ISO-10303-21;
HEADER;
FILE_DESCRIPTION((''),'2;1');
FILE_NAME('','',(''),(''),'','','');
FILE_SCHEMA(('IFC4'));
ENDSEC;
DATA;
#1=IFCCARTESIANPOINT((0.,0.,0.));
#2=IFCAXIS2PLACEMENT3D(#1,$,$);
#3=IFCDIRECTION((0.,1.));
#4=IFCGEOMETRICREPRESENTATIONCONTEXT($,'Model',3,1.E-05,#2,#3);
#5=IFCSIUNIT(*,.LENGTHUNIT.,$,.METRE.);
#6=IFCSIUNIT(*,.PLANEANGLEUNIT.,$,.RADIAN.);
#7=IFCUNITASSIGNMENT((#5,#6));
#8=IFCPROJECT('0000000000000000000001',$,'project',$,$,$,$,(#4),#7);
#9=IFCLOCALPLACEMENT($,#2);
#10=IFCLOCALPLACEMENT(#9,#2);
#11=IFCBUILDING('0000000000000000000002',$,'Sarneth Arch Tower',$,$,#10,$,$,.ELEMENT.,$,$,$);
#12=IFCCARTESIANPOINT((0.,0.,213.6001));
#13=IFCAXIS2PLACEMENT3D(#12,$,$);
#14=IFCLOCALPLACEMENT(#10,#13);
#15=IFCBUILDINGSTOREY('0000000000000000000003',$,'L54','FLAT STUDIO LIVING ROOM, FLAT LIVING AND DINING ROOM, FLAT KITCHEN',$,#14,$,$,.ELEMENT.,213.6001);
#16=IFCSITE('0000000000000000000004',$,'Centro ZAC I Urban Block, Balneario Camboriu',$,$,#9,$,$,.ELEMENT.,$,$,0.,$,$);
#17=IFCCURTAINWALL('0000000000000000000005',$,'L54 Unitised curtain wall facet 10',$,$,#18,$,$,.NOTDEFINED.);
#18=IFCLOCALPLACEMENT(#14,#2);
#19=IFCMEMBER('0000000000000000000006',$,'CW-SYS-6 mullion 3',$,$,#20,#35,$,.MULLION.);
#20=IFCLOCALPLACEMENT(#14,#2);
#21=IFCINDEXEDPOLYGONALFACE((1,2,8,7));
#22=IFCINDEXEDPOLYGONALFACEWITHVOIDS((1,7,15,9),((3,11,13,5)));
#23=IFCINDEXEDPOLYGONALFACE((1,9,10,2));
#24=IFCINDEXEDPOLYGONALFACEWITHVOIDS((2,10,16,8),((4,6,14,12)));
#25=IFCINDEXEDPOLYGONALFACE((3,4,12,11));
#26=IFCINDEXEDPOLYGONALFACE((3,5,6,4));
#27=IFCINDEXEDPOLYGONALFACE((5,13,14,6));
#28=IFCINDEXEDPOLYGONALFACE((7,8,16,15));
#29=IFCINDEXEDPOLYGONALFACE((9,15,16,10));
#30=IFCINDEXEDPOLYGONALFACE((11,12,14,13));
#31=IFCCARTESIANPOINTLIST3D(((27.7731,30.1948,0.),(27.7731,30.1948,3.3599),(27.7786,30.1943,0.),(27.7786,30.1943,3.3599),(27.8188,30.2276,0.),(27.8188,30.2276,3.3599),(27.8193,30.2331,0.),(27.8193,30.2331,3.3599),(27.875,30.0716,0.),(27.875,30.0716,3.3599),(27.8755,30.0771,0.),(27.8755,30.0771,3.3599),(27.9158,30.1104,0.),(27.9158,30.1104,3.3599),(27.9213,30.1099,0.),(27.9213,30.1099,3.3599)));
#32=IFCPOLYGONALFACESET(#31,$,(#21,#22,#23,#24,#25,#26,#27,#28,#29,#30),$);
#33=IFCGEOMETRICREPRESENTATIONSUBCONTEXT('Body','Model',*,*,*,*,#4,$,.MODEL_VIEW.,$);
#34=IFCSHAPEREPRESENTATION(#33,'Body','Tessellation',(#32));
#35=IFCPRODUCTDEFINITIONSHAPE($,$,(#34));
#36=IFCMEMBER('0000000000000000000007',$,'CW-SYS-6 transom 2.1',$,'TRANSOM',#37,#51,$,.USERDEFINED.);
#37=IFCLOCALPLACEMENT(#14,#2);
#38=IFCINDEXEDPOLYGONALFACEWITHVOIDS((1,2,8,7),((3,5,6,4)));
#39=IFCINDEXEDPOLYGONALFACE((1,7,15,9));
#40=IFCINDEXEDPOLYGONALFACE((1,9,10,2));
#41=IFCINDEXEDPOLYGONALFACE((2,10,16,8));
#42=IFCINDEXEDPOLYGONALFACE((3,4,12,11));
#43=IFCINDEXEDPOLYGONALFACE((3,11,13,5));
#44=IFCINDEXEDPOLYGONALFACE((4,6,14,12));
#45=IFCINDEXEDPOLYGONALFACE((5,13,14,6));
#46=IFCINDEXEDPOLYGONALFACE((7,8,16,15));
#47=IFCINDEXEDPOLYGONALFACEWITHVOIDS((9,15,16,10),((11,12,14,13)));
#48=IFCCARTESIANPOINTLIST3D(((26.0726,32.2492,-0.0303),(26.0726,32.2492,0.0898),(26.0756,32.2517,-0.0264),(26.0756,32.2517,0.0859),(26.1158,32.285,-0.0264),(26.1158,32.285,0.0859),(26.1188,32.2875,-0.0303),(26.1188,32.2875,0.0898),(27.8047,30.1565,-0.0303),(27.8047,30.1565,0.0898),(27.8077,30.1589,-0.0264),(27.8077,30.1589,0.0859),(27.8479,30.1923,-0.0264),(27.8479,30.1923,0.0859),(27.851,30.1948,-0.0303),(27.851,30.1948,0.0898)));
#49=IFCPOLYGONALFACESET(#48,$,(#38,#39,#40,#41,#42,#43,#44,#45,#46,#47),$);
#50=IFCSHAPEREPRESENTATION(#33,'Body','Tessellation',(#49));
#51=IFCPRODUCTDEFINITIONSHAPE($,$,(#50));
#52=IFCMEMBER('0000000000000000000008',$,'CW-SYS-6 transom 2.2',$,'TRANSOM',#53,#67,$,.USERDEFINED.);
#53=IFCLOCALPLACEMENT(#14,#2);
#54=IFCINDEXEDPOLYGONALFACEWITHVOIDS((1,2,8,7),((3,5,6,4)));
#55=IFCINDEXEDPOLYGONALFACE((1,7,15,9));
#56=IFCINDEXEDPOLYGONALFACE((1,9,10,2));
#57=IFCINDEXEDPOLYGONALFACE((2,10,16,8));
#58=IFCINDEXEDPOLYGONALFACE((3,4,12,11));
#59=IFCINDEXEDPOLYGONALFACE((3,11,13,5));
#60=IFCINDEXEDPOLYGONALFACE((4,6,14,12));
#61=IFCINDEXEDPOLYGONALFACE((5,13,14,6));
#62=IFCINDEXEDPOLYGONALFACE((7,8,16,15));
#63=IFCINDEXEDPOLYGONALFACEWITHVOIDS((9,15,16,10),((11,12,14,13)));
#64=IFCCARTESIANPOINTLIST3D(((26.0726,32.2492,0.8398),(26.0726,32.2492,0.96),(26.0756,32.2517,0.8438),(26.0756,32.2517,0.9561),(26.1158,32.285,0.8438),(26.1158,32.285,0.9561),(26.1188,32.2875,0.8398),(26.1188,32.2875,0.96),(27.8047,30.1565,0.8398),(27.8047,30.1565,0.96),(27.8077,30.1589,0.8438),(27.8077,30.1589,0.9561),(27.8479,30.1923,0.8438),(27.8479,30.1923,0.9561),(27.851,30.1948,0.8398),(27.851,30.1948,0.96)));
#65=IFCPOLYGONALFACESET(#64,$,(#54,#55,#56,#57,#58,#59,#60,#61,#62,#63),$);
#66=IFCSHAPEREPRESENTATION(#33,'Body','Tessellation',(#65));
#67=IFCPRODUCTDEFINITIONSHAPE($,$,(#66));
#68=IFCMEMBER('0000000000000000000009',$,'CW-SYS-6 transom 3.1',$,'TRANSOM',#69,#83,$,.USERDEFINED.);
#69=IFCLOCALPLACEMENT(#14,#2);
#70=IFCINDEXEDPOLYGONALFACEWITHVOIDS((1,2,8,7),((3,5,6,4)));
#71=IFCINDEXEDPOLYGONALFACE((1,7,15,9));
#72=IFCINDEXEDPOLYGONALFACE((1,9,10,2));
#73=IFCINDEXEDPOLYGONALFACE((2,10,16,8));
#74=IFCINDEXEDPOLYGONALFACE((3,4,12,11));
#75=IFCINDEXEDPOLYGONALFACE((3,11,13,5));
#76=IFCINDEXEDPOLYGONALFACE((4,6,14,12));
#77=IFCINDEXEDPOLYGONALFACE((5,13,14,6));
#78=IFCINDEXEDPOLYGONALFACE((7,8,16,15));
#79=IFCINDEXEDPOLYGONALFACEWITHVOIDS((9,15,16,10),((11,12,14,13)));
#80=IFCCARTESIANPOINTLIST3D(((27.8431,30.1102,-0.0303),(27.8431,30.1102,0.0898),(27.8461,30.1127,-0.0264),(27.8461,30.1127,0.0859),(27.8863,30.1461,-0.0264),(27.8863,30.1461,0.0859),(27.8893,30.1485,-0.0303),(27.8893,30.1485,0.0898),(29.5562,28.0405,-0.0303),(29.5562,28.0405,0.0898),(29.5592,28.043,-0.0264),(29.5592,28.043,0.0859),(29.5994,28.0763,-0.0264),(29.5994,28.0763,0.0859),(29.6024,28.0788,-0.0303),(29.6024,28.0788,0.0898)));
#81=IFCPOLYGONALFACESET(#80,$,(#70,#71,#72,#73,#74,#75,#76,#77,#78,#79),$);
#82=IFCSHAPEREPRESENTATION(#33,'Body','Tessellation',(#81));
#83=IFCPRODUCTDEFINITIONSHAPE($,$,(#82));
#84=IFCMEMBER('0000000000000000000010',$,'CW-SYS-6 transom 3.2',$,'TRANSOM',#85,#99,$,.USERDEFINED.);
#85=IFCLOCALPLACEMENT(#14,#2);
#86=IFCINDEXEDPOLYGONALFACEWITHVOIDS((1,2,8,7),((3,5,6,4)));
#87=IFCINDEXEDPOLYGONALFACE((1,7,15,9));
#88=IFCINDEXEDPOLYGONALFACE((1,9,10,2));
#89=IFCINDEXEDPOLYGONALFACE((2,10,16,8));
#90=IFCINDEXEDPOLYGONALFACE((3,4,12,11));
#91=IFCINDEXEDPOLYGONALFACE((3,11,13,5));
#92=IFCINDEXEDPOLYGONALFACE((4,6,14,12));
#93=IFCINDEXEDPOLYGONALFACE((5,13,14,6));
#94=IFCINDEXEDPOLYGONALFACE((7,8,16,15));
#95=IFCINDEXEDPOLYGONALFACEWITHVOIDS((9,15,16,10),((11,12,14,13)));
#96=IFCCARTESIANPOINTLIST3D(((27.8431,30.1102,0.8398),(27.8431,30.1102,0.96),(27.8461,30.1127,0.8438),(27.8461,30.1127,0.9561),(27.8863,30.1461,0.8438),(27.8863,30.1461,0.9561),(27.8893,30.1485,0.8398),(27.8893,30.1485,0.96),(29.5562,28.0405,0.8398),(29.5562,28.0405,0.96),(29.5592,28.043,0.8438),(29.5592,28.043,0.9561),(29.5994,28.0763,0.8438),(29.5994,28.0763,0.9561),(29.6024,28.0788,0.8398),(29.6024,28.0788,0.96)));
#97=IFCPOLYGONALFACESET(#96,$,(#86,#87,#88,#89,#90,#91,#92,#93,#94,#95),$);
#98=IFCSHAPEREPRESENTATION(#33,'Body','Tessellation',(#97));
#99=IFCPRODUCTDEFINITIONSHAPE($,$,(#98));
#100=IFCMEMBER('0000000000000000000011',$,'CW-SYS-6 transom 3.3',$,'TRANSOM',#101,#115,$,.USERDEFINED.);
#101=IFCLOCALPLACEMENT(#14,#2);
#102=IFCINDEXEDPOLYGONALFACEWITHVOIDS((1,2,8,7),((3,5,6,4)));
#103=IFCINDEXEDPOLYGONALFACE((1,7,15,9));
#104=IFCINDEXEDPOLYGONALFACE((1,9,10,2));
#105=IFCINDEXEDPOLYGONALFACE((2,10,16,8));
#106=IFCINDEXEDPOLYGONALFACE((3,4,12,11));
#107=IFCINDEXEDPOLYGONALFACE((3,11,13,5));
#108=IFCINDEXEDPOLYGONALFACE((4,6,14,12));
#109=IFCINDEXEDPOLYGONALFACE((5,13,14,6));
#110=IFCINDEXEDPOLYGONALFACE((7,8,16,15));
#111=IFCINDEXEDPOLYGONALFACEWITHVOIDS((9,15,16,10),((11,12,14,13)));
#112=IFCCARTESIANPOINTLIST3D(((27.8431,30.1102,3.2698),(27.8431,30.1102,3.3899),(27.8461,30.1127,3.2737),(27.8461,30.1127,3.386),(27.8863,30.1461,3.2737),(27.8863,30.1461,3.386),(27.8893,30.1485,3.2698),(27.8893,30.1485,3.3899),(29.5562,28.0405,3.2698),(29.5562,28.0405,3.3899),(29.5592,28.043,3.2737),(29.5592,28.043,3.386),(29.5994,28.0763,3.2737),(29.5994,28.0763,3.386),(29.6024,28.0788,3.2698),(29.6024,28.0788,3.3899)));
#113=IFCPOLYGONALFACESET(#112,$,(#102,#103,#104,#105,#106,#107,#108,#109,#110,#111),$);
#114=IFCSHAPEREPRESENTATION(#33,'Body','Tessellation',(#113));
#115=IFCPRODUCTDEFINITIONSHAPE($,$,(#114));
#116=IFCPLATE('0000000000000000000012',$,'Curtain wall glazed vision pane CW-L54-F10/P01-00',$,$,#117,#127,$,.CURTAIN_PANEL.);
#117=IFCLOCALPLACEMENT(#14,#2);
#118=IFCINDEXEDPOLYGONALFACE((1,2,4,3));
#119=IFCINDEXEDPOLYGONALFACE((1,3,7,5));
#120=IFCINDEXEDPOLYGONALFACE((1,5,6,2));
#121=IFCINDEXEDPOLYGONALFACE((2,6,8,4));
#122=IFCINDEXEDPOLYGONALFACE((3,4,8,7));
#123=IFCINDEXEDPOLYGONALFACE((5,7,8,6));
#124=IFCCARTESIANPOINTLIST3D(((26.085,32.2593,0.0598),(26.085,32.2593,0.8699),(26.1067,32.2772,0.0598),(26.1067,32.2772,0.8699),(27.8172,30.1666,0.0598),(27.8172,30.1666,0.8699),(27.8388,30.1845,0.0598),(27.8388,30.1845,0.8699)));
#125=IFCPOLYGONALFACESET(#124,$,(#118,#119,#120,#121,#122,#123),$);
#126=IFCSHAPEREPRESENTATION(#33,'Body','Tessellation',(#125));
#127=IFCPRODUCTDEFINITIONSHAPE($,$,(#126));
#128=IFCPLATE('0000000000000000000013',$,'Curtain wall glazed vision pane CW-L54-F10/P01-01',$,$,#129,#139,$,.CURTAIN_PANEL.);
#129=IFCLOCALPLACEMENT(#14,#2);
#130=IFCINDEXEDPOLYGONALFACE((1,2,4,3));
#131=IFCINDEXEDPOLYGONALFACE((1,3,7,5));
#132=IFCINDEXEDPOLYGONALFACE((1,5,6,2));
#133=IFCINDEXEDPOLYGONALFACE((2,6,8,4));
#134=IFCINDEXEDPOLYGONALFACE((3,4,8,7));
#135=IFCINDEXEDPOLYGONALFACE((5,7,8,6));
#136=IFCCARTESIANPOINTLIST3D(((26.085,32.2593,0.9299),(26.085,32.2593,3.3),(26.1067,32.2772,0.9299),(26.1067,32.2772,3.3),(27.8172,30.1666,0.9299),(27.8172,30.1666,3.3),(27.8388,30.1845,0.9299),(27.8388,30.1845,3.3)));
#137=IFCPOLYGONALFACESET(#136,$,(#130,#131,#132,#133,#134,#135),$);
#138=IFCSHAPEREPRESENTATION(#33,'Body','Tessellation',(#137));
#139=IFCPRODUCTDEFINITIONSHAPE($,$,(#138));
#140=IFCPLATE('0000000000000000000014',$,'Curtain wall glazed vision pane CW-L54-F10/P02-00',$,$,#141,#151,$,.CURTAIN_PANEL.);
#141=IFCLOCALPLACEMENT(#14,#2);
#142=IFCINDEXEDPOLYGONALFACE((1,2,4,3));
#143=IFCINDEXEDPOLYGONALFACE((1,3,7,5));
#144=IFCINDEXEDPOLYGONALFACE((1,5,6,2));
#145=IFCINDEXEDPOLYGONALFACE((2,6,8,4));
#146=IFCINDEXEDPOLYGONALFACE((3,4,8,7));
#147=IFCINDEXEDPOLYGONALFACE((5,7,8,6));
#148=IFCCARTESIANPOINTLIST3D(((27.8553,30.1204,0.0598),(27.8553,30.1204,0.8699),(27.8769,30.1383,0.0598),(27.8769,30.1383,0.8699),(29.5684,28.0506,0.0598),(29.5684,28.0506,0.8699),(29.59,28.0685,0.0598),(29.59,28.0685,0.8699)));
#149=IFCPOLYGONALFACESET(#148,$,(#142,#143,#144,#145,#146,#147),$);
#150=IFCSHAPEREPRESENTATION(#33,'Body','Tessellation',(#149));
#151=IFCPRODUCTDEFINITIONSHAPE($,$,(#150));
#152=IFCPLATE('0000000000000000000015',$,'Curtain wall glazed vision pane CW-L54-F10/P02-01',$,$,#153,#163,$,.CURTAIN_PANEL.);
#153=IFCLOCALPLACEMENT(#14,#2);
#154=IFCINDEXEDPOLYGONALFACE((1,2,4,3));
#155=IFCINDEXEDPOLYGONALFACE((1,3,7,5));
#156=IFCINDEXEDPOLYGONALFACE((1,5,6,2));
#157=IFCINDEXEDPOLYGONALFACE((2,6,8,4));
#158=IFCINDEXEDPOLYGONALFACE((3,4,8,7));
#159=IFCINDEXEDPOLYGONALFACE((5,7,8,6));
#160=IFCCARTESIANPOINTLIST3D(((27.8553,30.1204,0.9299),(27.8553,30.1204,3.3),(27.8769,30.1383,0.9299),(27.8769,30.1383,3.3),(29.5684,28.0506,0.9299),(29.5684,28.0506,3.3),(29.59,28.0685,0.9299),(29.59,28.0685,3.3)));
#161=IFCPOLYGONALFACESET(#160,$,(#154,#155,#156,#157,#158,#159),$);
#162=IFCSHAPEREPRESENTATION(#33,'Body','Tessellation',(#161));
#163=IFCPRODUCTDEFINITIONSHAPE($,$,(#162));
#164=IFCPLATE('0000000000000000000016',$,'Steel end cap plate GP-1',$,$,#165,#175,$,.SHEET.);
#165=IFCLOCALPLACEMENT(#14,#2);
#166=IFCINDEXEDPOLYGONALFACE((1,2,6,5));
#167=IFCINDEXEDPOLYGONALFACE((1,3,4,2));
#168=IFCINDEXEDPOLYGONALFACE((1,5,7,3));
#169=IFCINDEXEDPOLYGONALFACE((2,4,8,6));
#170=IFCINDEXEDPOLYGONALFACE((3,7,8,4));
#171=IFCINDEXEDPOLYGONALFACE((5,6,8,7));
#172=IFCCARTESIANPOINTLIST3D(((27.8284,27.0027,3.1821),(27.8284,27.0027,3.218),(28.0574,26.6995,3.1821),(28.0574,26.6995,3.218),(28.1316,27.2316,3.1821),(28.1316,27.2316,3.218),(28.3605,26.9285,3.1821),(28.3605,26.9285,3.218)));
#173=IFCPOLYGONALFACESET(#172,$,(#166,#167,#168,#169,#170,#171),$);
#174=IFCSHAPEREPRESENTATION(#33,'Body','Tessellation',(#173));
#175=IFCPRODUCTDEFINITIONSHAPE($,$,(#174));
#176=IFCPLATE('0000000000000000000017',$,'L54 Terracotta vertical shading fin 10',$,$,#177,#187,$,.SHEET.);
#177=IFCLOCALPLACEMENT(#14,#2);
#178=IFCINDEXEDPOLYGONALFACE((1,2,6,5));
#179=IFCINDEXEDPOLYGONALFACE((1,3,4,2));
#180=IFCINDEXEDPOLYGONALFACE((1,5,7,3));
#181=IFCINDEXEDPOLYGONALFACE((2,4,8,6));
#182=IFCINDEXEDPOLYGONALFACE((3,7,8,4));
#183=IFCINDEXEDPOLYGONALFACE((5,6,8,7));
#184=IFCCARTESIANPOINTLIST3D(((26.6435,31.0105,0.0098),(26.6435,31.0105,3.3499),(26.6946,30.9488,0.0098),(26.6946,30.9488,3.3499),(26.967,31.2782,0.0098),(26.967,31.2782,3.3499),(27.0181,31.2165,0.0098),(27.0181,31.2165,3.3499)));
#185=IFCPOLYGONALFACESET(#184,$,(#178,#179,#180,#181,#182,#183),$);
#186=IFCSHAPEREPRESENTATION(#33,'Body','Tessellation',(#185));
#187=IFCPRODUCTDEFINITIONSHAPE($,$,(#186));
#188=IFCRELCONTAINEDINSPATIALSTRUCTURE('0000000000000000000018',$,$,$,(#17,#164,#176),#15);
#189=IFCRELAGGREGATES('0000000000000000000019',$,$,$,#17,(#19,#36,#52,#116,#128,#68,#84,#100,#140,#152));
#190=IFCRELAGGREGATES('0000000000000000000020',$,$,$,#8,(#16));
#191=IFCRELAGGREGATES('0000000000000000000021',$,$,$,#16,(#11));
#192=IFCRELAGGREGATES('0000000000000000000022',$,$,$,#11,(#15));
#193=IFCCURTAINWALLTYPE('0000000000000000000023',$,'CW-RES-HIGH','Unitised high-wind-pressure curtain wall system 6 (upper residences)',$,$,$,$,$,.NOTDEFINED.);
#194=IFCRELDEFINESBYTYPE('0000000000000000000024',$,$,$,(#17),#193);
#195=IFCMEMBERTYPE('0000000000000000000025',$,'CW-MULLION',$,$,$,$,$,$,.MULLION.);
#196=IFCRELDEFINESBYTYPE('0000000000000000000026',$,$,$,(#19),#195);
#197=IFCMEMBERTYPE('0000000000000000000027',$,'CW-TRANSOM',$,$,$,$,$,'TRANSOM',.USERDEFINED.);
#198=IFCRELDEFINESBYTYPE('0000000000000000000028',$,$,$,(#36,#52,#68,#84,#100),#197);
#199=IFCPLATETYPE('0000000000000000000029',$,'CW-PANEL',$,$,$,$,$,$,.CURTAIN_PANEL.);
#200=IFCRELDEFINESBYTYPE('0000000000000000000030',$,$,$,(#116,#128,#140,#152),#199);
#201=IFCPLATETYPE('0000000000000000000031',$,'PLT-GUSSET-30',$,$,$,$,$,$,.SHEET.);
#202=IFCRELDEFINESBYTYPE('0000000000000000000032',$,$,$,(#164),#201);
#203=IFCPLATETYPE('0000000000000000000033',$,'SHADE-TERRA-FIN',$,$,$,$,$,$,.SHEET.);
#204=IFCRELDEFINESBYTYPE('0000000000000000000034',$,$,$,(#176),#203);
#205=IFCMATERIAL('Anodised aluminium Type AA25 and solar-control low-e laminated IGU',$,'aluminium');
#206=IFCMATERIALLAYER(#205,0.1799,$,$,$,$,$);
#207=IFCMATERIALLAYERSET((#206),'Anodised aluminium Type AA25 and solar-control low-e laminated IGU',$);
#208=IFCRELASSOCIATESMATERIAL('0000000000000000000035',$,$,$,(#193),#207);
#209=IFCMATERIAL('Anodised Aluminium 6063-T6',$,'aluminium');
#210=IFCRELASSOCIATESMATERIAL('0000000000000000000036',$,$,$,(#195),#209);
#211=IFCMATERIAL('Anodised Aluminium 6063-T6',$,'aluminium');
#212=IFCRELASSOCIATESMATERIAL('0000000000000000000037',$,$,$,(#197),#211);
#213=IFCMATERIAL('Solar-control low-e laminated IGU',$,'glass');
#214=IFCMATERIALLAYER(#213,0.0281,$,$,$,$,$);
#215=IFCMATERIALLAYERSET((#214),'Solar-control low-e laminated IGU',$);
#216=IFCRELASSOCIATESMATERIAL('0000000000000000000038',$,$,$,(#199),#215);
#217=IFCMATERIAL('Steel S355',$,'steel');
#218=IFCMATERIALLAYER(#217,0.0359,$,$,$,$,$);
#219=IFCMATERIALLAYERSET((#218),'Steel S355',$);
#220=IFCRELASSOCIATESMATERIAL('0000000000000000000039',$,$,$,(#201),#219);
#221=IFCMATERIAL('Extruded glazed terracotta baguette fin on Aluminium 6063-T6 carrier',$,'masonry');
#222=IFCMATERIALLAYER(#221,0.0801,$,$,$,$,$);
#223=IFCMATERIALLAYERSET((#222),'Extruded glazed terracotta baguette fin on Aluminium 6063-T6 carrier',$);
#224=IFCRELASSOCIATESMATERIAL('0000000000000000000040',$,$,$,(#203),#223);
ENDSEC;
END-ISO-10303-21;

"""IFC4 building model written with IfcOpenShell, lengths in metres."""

from ifc_helpers import new_model, si_unit, direction, frame, origin, origin_2d, place, context, subcontext, project, spatial, rectangle, hollow_rectangle, extrude, material, layer, layer_set, material_profile, profile_set, type_object, element, aggregate, save


model = new_model("IFC4")

# Units and contexts
model_context = context("Model", 3, precision=1e-05, world=origin(), true_north=direction((0.0, 1.0)))
body_context = subcontext(model_context, "Body", "Model", "MODEL_VIEW")
ifc_project = project(units=[si_unit("LENGTHUNIT", "METRE"), si_unit("PLANEANGLEUNIT", "RADIAN")], contexts=[model_context])

# Site, building, storey
site_placement = place(None, origin())
site = spatial("IfcSite", under=ifc_project, at=site_placement, Name="Centro ZAC I Urban Block, Balneario Camboriu", CompositionType="ELEMENT", RefElevation=0.0)
building_placement = place(site_placement, origin())
building = spatial("IfcBuilding", under=site, at=building_placement, Name="Sarneth Arch Tower", CompositionType="ELEMENT")
storey_placement = place(building_placement, frame((0.0, 0.0, 213.6001)))
storey = spatial("IfcBuildingStorey", under=building, at=storey_placement, Name="L54", Description="FLAT STUDIO LIVING ROOM, FLAT LIVING AND DINING ROOM, FLAT KITCHEN", CompositionType="ELEMENT", Elevation=213.6001)

# Curtain wall, members, plates
ifc_material_1 = material(Name="Anodised aluminium Type AA25 and solar-control low-e laminated IGU", Category="aluminium")
ifc_layer_1 = layer(ifc_material_1, 0.1799)
ifc_layer_set_1 = layer_set([ifc_layer_1], Name="Anodised aluminium Type AA25 and solar-control low-e laminated IGU")
curtain_wall_type = type_object("IfcCurtainWallType", Name="CW-RES-HIGH", Description="Unitised high-wind-pressure curtain wall system 6 (upper residences)", PredefinedType="NOTDEFINED", material=ifc_layer_set_1)
curtain_wall_placement = place(storey_placement, origin())
curtain_wall = element("IfcCurtainWall", 1, at=curtain_wall_placement, inside=storey, type_object=curtain_wall_type, Name="L54 Unitised curtain wall facet 10", PredefinedType="NOTDEFINED")
ifc_material_2 = material(Name="Anodised Aluminium 6063-T6", Category="aluminium")
ifc_material_profile_1 = material_profile(ifc_material_2, hollow_rectangle(XDim=0.0601, YDim=0.1599, WallThickness=0.0039, at=origin_2d()), Name="AL-MULL-160x60x4")
ifc_profile_set_1 = profile_set([ifc_material_profile_1], Name="Anodised Aluminium 6063-T6")
member_type_1 = type_object("IfcMemberType", Name="CW-MULLION", PredefinedType="MULLION", material=ifc_profile_set_1)
member_1_placement = place(storey_placement, frame((27.8472, 30.1523, 0.0), z_axis=(0.0, 0.0, 1.0), x_axis=(0.770359, 0.63761, 0.0)))
member_1 = element("IfcMember", 2, at=member_1_placement, type_object=member_type_1, Name="CW-SYS-6 mullion 3", PredefinedType="MULLION", context=body_context, shape_type="SweptSolid", body=[
    extrude(hollow_rectangle(XDim=0.0601, YDim=0.1599, WallThickness=0.0039, at=origin_2d()), origin(), (0.0, 0.0, 1.0), 3.3599),
])
ifc_material_3 = material(Name="Anodised Aluminium 6063-T6", Category="aluminium")
ifc_material_profile_2 = material_profile(ifc_material_3, hollow_rectangle(XDim=0.0601, YDim=0.1201, WallThickness=0.0039, at=origin_2d()), Name="AL-TRAN-120x60x4")
ifc_profile_set_2 = profile_set([ifc_material_profile_2], Name="Anodised Aluminium 6063-T6")
member_type_2 = type_object("IfcMemberType", Name="CW-TRANSOM", ElementType="TRANSOM", PredefinedType="USERDEFINED", material=ifc_profile_set_2)
member_2_placement = place(storey_placement, frame((26.0957, 32.2683, 0.0298), z_axis=(0.637617, -0.770353, 0.0), x_axis=(0.770353, 0.637617, 0.0)))
member_2 = element("IfcMember", 3, at=member_2_placement, type_object=member_type_2, Name="CW-SYS-6 transom 2.1", ObjectType="TRANSOM", PredefinedType="USERDEFINED", context=body_context, shape_type="SweptSolid", body=[
    extrude(hollow_rectangle(XDim=0.0601, YDim=0.1201, WallThickness=0.0039, at=origin_2d()), origin(), (0.0, 0.0, 1.0), 2.7166),
])
member_3_placement = place(storey_placement, frame((26.0957, 32.2683, 0.8999), z_axis=(0.637617, -0.770353, 0.0), x_axis=(0.770353, 0.637617, 0.0)))
member_3 = element("IfcMember", 4, at=member_3_placement, type_object=member_type_2, Name="CW-SYS-6 transom 2.2", ObjectType="TRANSOM", PredefinedType="USERDEFINED", context=body_context, shape_type="SweptSolid", body=[
    extrude(hollow_rectangle(XDim=0.0601, YDim=0.1201, WallThickness=0.0039, at=origin_2d()), origin(), (0.0, 0.0, 1.0), 2.7166),
])
member_4_placement = place(storey_placement, frame((27.8662, 30.1294, 0.0298), z_axis=(0.637607, -0.770362, 0.0), x_axis=(0.770362, 0.637607, 0.0)))
member_4 = element("IfcMember", 5, at=member_4_placement, type_object=member_type_2, Name="CW-SYS-6 transom 3.1", ObjectType="TRANSOM", PredefinedType="USERDEFINED", context=body_context, shape_type="SweptSolid", body=[
    extrude(hollow_rectangle(XDim=0.0601, YDim=0.1201, WallThickness=0.0039, at=origin_2d()), origin(), (0.0, 0.0, 1.0), 2.6868),
])
member_5_placement = place(storey_placement, frame((27.8662, 30.1294, 0.8999), z_axis=(0.637607, -0.770362, 0.0), x_axis=(0.770362, 0.637607, 0.0)))
member_5 = element("IfcMember", 6, at=member_5_placement, type_object=member_type_2, Name="CW-SYS-6 transom 3.2", ObjectType="TRANSOM", PredefinedType="USERDEFINED", context=body_context, shape_type="SweptSolid", body=[
    extrude(hollow_rectangle(XDim=0.0601, YDim=0.1201, WallThickness=0.0039, at=origin_2d()), origin(), (0.0, 0.0, 1.0), 2.6868),
])
member_6_placement = place(storey_placement, frame((27.8662, 30.1294, 3.3298), z_axis=(0.637607, -0.770362, 0.0), x_axis=(0.770362, 0.637607, 0.0)))
member_6 = element("IfcMember", 7, at=member_6_placement, type_object=member_type_2, Name="CW-SYS-6 transom 3.3", ObjectType="TRANSOM", PredefinedType="USERDEFINED", context=body_context, shape_type="SweptSolid", body=[
    extrude(hollow_rectangle(XDim=0.0601, YDim=0.1201, WallThickness=0.0039, at=origin_2d()), origin(), (0.0, 0.0, 1.0), 2.6868),
])
ifc_material_4 = material(Name="Solar-control low-e laminated IGU", Category="glass")
ifc_layer_2 = layer(ifc_material_4, 0.0281)
ifc_layer_set_2 = layer_set([ifc_layer_2], Name="Solar-control low-e laminated IGU")
plate_type_1 = type_object("IfcPlateType", Name="CW-PANEL", PredefinedType="CURTAIN_PANEL", material=ifc_layer_set_2)
plate_1_placement = place(storey_placement, frame((26.9619, 31.2219, 0.0598), z_axis=(0.0, 0.0, 1.0), x_axis=(0.63761, -0.770359, 0.0)))
plate_1 = element("IfcPlate", 8, at=plate_1_placement, type_object=plate_type_1, Name="Curtain wall glazed vision pane CW-L54-F10/P01-00", PredefinedType="CURTAIN_PANEL", context=body_context, shape_type="SweptSolid", body=[
    extrude(rectangle(XDim=2.7166, YDim=0.0281, at=origin_2d()), origin(), (0.0, 0.0, 1.0), 0.8101),
])
plate_2_placement = place(storey_placement, frame((26.9619, 31.2219, 0.9299), z_axis=(0.0, 0.0, 1.0), x_axis=(0.63761, -0.770359, 0.0)))
plate_2 = element("IfcPlate", 9, at=plate_2_placement, type_object=plate_type_1, Name="Curtain wall glazed vision pane CW-L54-F10/P01-01", PredefinedType="CURTAIN_PANEL", context=body_context, shape_type="SweptSolid", body=[
    extrude(rectangle(XDim=2.7166, YDim=0.0281, at=origin_2d()), origin(), (0.0, 0.0, 1.0), 2.3701),
])
plate_3_placement = place(storey_placement, frame((28.7227, 29.0945, 0.0598), z_axis=(0.0, 0.0, 1.0), x_axis=(0.63761, -0.770359, 0.0)))
plate_3 = element("IfcPlate", 10, at=plate_3_placement, type_object=plate_type_1, Name="Curtain wall glazed vision pane CW-L54-F10/P02-00", PredefinedType="CURTAIN_PANEL", context=body_context, shape_type="SweptSolid", body=[
    extrude(rectangle(XDim=2.6868, YDim=0.0281, at=origin_2d()), origin(), (0.0, 0.0, 1.0), 0.8101),
])
plate_4_placement = place(storey_placement, frame((28.7227, 29.0945, 0.9299), z_axis=(0.0, 0.0, 1.0), x_axis=(0.63761, -0.770359, 0.0)))
plate_4 = element("IfcPlate", 11, at=plate_4_placement, type_object=plate_type_1, Name="Curtain wall glazed vision pane CW-L54-F10/P02-01", PredefinedType="CURTAIN_PANEL", context=body_context, shape_type="SweptSolid", body=[
    extrude(rectangle(XDim=2.6868, YDim=0.0281, at=origin_2d()), origin(), (0.0, 0.0, 1.0), 2.3701),
])
aggregate(curtain_wall, [member_1, member_2, member_3, plate_1, plate_2, member_4, member_5, member_6, plate_3, plate_4])

# Plates
ifc_material_5 = material(Name="Steel S355", Category="steel")
ifc_layer_3 = layer(ifc_material_5, 0.0359)
ifc_layer_set_3 = layer_set([ifc_layer_3], Name="Steel S355")
plate_type_2 = type_object("IfcPlateType", Name="PLT-GUSSET-30", PredefinedType="SHEET", material=ifc_layer_set_3)
plate_5_placement = place(storey_placement, frame((28.0945, 26.9656, 3.1821), z_axis=(0.0, 0.0, 1.0), x_axis=(-0.798005, -0.602651, 0.0)))
element("IfcPlate", 12, at=plate_5_placement, inside=storey, type_object=plate_type_2, Name="Steel end cap plate GP-1", PredefinedType="SHEET", context=body_context, shape_type="SweptSolid", body=[
    extrude(rectangle(XDim=0.3799, YDim=0.3799, at=origin_2d()), origin(), (0.0, 0.0, 1.0), 0.0359),
])
ifc_material_6 = material(Name="Extruded glazed terracotta baguette fin on Aluminium 6063-T6 carrier", Category="masonry")
ifc_layer_4 = layer(ifc_material_6, 0.0801)
ifc_layer_set_4 = layer_set([ifc_layer_4], Name="Extruded glazed terracotta baguette fin on Aluminium 6063-T6 carrier")
plate_type_3 = type_object("IfcPlateType", Name="SHADE-TERRA-FIN", PredefinedType="SHEET", material=ifc_layer_set_4)
plate_6_placement = place(storey_placement, frame((26.8308, 31.1135, 0.0098), z_axis=(0.0, 0.0, 1.0), x_axis=(-0.770402, -0.637558, 0.0)))
element("IfcPlate", 13, at=plate_6_placement, inside=storey, type_object=plate_type_3, Name="L54 Terracotta vertical shading fin 10", PredefinedType="SHEET", context=body_context, shape_type="SweptSolid", body=[
    extrude(rectangle(XDim=0.4199, YDim=0.0801, at=origin_2d()), origin(), (0.0, 0.0, 1.0), 3.3401),
])

save(model, "model.ifc")
